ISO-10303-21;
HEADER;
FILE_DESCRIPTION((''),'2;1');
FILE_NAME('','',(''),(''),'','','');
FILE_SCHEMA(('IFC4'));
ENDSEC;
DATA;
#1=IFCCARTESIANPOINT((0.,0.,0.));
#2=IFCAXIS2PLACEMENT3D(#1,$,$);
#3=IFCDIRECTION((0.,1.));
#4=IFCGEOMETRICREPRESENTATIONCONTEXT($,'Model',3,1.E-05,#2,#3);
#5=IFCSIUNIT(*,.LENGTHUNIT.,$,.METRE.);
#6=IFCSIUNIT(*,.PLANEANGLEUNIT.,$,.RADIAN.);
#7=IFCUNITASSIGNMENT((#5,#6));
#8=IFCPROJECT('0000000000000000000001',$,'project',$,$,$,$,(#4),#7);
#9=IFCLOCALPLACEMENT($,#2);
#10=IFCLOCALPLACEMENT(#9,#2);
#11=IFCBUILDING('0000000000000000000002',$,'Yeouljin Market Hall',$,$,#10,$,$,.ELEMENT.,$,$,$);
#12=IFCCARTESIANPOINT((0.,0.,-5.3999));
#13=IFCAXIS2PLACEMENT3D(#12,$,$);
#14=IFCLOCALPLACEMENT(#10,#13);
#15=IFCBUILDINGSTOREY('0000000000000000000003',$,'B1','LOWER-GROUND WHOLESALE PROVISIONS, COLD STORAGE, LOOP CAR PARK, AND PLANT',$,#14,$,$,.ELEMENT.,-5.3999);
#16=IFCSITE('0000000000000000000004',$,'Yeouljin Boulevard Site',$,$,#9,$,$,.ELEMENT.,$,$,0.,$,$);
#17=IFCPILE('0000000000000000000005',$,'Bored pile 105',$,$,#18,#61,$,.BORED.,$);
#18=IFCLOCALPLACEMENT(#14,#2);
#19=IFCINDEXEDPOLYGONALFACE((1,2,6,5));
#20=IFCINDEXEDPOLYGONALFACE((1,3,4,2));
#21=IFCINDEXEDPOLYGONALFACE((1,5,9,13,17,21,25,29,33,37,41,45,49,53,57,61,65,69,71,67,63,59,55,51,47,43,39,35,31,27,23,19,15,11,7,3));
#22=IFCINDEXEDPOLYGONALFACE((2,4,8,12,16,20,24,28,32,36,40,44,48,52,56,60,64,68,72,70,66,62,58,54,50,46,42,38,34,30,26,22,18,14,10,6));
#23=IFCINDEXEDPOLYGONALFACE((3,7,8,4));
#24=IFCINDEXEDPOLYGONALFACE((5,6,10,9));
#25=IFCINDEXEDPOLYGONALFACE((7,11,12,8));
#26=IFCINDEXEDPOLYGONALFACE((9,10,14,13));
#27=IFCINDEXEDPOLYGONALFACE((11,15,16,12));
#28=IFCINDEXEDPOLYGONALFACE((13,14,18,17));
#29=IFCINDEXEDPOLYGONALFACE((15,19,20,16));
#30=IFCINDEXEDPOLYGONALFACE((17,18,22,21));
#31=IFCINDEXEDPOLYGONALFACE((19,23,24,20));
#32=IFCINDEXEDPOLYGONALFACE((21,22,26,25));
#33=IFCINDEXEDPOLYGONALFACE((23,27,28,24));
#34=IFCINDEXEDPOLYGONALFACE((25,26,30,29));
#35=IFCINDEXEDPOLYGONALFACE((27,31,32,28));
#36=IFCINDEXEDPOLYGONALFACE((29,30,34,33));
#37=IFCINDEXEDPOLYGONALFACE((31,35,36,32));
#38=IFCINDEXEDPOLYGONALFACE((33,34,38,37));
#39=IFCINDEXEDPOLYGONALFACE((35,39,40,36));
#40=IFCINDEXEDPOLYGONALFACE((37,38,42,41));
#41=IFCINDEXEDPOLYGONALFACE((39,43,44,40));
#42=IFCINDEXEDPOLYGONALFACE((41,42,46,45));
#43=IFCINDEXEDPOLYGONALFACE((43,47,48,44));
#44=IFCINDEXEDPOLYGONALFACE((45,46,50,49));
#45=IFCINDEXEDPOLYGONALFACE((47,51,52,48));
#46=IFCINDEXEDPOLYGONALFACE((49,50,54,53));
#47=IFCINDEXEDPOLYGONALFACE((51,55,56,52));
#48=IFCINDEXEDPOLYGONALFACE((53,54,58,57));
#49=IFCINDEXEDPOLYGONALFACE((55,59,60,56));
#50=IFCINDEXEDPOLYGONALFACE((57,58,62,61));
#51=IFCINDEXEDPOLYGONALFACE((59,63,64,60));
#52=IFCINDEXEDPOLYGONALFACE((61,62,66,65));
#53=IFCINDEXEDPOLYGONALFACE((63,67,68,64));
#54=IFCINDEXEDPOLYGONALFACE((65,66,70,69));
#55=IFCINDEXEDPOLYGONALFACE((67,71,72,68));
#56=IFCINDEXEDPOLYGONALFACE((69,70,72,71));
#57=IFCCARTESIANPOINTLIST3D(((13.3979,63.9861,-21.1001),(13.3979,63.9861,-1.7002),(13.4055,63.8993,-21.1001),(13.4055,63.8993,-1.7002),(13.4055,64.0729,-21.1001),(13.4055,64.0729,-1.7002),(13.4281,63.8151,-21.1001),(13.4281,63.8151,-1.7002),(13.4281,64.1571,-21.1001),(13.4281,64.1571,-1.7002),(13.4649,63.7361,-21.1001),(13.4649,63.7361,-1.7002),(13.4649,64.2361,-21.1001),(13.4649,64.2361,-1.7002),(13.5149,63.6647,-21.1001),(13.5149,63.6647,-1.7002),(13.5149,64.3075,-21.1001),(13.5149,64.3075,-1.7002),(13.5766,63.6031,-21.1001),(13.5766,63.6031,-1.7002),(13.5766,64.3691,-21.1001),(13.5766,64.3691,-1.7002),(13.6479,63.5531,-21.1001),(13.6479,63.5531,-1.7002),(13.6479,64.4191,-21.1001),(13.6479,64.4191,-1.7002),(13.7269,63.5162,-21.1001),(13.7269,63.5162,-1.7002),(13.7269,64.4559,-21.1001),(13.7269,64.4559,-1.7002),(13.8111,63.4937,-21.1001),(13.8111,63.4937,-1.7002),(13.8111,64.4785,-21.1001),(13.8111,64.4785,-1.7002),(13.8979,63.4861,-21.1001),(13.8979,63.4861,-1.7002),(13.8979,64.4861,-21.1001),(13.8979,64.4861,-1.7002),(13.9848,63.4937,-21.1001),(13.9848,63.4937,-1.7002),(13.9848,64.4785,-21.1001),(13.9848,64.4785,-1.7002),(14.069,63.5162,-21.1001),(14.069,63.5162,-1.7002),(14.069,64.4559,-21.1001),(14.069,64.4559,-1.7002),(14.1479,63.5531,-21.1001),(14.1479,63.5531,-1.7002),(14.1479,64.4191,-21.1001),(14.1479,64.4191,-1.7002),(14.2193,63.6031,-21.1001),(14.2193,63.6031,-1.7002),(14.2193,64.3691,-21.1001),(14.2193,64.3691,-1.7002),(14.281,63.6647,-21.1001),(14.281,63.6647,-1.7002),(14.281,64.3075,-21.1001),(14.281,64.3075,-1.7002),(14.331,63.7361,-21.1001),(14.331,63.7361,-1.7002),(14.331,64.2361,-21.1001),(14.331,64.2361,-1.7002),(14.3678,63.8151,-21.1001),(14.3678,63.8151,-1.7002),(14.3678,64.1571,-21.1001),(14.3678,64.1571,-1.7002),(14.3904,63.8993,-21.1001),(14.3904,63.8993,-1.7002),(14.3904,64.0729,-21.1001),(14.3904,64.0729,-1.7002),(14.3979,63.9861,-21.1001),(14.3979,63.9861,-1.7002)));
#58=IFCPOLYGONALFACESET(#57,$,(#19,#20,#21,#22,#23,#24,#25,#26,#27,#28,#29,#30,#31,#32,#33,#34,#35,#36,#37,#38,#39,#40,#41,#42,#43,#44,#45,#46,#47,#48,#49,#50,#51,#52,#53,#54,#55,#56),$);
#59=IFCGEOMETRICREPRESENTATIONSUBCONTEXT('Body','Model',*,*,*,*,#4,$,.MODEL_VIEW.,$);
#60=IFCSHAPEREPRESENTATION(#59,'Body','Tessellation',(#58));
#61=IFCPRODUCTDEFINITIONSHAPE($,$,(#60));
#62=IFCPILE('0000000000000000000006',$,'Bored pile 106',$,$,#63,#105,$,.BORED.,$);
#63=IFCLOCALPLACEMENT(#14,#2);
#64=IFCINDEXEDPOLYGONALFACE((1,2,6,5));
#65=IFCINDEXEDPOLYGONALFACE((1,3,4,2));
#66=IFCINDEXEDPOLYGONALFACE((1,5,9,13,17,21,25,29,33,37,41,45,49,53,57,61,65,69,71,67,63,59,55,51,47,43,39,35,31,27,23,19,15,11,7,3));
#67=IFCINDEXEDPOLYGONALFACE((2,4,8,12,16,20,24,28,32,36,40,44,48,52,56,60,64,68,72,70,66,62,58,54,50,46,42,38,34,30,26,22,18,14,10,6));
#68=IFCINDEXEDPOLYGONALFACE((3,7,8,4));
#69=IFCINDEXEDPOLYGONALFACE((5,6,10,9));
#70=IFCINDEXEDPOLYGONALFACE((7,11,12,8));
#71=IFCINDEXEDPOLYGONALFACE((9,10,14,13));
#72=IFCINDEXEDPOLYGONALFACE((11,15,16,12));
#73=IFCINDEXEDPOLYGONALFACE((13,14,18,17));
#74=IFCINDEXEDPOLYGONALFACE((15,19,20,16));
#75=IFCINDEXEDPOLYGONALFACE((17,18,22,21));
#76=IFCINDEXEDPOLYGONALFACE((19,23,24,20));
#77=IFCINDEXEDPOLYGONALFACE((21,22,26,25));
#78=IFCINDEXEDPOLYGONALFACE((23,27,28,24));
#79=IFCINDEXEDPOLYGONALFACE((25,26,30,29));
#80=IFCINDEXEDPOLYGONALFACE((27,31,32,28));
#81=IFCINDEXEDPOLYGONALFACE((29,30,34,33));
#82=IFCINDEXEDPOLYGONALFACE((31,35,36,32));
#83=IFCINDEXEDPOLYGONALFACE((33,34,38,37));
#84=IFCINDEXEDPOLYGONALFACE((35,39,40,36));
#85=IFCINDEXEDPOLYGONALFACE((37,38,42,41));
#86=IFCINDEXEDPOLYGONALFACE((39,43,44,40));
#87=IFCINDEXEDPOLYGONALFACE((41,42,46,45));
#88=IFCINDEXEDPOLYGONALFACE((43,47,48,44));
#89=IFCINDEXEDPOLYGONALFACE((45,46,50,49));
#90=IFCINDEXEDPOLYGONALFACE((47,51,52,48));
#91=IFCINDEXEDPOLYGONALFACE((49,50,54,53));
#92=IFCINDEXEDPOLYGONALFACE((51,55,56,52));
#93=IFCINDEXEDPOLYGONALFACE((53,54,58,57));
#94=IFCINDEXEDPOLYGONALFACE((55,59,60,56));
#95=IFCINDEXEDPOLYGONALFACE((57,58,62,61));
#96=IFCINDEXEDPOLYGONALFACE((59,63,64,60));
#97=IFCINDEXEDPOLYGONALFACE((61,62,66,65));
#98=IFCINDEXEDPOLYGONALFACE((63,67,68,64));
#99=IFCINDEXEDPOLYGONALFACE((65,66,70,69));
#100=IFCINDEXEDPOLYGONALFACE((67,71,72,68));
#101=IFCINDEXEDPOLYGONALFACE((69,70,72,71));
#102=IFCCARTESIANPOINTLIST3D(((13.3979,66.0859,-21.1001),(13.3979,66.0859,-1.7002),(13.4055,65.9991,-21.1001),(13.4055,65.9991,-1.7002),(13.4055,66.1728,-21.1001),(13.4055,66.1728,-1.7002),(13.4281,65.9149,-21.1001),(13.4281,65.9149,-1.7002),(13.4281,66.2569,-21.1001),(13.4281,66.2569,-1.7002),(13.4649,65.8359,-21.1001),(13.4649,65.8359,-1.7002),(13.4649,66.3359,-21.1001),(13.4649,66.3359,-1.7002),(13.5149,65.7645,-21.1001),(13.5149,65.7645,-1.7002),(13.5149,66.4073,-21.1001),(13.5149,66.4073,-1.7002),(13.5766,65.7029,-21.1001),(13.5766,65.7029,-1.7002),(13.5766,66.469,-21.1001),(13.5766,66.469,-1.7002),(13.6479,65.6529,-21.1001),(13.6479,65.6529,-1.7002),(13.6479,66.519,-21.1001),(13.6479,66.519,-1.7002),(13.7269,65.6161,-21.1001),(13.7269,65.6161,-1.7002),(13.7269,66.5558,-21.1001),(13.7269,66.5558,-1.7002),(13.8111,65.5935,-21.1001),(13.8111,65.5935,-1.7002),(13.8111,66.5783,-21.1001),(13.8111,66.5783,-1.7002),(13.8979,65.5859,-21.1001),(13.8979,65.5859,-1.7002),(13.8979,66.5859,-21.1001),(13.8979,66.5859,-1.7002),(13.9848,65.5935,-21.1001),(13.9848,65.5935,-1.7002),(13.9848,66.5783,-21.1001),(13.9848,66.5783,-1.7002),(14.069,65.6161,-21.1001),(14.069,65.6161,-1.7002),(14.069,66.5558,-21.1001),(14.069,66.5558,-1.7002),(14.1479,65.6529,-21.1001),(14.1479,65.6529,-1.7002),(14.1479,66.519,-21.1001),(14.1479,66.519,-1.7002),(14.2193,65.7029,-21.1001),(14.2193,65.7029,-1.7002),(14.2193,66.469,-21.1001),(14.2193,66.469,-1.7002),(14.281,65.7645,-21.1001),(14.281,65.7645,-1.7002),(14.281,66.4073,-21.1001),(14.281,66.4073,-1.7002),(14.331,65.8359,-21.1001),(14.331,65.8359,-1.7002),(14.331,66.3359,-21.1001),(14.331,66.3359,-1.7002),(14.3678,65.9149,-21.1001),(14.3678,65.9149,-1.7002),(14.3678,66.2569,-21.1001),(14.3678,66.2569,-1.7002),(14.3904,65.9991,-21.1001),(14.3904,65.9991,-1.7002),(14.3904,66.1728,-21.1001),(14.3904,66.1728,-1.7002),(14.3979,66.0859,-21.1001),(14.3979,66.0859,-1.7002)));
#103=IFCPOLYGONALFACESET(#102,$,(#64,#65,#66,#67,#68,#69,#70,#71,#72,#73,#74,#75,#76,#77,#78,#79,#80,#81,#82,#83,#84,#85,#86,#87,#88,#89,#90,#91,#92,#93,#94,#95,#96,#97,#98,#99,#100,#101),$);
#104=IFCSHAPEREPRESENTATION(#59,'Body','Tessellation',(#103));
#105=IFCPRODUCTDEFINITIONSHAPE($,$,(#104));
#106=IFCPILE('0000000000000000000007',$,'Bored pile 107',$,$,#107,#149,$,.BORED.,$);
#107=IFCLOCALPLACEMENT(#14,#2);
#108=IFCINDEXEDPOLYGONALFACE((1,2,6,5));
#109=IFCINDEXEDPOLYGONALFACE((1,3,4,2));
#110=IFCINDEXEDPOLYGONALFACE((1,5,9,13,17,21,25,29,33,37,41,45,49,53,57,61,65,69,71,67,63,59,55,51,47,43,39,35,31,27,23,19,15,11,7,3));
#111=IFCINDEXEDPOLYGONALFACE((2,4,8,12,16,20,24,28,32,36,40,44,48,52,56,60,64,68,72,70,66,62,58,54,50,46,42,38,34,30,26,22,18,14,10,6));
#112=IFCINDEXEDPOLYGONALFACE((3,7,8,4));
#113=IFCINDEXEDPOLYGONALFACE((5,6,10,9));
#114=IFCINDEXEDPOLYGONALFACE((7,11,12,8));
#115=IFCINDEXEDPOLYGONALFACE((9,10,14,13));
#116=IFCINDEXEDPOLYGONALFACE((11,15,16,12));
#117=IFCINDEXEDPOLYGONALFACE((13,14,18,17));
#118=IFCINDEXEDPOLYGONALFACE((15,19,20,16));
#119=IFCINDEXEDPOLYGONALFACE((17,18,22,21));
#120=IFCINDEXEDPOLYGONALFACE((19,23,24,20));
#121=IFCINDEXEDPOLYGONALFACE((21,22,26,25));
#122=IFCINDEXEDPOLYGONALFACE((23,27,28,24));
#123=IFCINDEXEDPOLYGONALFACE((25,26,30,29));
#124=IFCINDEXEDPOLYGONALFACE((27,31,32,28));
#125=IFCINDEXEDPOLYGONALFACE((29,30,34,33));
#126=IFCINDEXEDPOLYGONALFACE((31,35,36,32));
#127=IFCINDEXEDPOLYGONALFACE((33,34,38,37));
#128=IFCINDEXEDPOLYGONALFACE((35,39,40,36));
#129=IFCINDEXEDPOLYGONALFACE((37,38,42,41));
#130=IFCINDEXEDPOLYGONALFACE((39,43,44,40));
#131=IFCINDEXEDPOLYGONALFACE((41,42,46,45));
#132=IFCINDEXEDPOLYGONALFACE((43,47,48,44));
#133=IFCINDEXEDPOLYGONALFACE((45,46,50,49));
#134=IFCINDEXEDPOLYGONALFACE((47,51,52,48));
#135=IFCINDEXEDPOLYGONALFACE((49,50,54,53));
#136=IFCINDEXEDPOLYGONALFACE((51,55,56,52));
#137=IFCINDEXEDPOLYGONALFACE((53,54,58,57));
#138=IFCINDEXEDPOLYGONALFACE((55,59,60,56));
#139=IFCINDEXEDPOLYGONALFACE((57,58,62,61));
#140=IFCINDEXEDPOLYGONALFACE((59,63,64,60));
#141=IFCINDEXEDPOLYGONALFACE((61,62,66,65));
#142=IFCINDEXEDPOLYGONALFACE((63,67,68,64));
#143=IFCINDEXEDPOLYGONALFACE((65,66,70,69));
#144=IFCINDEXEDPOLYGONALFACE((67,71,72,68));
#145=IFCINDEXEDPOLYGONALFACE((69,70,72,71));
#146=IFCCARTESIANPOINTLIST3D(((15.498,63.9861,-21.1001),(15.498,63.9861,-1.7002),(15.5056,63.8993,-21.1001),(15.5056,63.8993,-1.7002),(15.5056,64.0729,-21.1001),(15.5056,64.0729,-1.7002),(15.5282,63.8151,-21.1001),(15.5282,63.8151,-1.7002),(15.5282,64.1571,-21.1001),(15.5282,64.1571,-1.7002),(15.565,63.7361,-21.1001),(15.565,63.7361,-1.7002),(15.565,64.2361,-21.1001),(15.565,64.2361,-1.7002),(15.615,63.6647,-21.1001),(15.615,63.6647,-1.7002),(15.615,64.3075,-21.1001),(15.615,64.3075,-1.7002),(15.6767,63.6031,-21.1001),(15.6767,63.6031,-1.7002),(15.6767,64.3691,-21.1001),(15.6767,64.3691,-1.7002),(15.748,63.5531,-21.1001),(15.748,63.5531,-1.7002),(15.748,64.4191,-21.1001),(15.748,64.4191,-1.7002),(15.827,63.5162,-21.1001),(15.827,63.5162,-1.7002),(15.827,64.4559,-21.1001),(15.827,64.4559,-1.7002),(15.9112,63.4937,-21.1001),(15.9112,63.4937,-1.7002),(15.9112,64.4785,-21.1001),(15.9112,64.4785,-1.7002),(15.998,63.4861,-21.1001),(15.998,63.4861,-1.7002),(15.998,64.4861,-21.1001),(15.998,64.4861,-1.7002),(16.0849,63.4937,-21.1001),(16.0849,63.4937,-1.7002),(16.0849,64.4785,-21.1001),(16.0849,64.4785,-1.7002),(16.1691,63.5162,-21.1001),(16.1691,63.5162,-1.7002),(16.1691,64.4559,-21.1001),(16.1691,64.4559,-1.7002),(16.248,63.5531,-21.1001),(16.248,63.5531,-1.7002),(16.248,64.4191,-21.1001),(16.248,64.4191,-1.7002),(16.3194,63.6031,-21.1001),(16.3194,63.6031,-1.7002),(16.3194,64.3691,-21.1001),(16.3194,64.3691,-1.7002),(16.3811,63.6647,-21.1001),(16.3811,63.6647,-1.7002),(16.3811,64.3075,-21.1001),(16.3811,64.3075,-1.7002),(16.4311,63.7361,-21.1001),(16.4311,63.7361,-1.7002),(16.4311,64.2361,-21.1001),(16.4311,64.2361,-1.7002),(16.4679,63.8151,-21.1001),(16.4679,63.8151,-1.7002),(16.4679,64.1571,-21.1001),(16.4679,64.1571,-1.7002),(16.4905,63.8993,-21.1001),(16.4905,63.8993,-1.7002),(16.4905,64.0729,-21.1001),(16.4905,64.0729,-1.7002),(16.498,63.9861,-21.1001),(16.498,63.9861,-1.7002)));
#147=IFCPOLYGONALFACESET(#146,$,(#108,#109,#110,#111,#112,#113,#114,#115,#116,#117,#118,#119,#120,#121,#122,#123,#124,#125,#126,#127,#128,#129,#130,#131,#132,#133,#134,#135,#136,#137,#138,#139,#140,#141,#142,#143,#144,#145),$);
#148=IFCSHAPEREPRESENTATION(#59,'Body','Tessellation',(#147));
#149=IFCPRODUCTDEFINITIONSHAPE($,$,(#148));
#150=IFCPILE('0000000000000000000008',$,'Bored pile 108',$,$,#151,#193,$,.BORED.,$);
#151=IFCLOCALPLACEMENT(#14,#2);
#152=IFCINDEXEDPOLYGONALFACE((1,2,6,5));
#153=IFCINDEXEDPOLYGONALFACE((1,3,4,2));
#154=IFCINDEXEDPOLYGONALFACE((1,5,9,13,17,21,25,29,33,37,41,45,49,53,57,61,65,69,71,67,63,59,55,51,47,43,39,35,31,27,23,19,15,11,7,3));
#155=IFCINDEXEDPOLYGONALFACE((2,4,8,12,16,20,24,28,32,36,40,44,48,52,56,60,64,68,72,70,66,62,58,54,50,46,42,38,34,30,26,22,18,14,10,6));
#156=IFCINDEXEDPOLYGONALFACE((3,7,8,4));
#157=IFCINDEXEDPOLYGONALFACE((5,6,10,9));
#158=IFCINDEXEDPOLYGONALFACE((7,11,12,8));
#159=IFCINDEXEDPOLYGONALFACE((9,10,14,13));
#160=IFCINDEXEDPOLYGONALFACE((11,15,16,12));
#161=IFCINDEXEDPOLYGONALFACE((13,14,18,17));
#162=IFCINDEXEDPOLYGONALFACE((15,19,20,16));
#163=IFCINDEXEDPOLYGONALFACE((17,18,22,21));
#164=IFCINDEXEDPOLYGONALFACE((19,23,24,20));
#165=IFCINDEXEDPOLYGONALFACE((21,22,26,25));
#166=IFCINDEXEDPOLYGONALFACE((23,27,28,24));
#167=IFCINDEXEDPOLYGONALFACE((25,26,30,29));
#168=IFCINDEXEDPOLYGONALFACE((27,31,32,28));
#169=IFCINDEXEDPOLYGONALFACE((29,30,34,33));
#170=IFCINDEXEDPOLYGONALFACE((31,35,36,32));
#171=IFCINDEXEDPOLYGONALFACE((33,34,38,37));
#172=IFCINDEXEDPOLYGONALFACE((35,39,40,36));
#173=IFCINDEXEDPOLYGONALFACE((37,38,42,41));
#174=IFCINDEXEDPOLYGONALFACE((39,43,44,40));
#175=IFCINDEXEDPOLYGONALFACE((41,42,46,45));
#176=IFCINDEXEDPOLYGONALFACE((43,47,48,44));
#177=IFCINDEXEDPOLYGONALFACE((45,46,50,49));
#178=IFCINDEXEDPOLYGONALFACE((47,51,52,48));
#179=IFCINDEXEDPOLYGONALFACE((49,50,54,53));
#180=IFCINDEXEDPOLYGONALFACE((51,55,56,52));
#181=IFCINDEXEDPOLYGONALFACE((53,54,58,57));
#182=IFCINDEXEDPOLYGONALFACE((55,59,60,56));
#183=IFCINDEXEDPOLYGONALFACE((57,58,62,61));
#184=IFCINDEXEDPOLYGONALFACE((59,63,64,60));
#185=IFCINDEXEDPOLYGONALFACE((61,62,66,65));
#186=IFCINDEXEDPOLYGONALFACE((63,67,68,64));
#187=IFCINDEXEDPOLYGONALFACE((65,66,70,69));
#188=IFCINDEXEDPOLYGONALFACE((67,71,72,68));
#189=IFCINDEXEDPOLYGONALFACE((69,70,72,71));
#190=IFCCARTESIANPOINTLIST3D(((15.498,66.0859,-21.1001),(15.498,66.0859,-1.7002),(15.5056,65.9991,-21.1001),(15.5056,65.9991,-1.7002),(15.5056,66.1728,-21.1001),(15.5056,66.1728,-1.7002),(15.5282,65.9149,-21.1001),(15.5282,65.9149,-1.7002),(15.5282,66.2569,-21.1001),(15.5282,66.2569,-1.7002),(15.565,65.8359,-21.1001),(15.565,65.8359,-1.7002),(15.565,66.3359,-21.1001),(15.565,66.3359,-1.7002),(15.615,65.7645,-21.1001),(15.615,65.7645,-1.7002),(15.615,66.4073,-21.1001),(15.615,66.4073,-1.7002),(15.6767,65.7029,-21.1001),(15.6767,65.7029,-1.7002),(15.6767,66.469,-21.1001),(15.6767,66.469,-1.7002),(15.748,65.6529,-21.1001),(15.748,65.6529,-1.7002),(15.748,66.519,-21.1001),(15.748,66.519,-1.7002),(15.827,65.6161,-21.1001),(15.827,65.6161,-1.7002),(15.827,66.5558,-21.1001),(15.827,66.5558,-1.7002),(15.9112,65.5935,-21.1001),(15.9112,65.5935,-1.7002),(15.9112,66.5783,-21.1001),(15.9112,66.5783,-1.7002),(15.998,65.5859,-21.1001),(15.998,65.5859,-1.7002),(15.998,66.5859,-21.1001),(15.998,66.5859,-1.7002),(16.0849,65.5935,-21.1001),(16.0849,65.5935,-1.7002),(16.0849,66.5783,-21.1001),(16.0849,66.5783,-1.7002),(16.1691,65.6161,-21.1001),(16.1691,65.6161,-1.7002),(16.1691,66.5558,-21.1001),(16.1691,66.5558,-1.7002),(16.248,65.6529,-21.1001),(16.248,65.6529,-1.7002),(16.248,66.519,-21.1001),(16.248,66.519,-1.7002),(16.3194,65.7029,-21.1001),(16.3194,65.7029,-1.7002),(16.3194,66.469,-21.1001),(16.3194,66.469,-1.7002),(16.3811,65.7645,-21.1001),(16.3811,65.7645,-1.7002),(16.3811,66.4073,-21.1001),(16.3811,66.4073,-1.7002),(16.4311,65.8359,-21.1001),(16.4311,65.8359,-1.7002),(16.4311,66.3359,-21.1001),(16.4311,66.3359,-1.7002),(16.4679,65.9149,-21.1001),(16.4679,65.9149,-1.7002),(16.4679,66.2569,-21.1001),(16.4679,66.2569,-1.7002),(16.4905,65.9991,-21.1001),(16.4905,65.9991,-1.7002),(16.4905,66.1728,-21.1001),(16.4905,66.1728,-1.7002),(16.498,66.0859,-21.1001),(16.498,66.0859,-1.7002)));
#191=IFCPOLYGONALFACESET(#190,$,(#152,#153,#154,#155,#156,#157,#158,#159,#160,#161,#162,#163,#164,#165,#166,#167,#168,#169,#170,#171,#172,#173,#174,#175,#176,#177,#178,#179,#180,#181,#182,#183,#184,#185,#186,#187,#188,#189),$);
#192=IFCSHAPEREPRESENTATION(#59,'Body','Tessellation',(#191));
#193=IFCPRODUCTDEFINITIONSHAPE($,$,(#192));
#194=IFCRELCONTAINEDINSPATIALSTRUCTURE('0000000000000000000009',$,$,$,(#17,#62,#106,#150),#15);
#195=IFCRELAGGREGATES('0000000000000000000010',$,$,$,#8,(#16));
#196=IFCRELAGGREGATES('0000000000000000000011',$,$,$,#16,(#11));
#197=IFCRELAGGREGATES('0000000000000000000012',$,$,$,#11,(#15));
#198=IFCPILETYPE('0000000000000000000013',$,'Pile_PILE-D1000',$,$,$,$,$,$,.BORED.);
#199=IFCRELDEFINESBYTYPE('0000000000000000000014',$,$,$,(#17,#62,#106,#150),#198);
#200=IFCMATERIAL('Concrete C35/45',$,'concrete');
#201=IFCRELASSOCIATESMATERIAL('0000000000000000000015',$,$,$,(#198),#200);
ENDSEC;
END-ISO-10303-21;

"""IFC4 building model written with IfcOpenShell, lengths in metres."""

from ifc_helpers import new_model, si_unit, direction, frame, origin, origin_2d, place, context, subcontext, project, spatial, circle, extrude, material, material_profile, profile_set, type_object, element, save


model = new_model("IFC4")

# Units and contexts
model_context = context("Model", 3, precision=1e-05, world=origin(), true_north=direction((0.0, 1.0)))
body_context = subcontext(model_context, "Body", "Model", "MODEL_VIEW")
ifc_project = project(units=[si_unit("LENGTHUNIT", "METRE"), si_unit("PLANEANGLEUNIT", "RADIAN")], contexts=[model_context])

# Site, building, storey
site_placement = place(None, origin())
site = spatial("IfcSite", under=ifc_project, at=site_placement, Name="Yeouljin Boulevard Site", CompositionType="ELEMENT", RefElevation=0.0)
building_placement = place(site_placement, origin())
building = spatial("IfcBuilding", under=site, at=building_placement, Name="Yeouljin Market Hall", CompositionType="ELEMENT")
storey_placement = place(building_placement, frame((0.0, 0.0, -5.3999)))
storey = spatial("IfcBuildingStorey", under=building, at=storey_placement, Name="B1", Description="LOWER-GROUND WHOLESALE PROVISIONS, COLD STORAGE, LOOP CAR PARK, AND PLANT", CompositionType="ELEMENT", Elevation=-5.3999)

# Piles
ifc_material_1 = material(Name="Concrete C35/45", Category="concrete")
ifc_material_profile_1 = material_profile(ifc_material_1, circle(Radius=0.5, at=origin_2d()), Name="PILE-D1000")
ifc_profile_set_1 = profile_set([ifc_material_profile_1], Name="Concrete C35/45")
pile_type = type_object("IfcPileType", Name="Pile_PILE-D1000", PredefinedType="BORED", material=ifc_profile_set_1)
for number, where, z_axis, x_axis, name in (
    (1, (13.8979, 63.9861, -1.7002), (0.0, 0.0, -1.0), (1.0, 0.0, 0.0), "Bored pile 105"),
    (2, (13.8979, 66.0859, -1.7002), (0.0, 0.0, -1.0), (1.0, 0.0, 0.0), "Bored pile 106"),
    (3, (15.998, 63.9861, -1.7002), (0.0, 0.0, -1.0), (1.0, 0.0, 0.0), "Bored pile 107"),
    (4, (15.998, 66.0859, -1.7002), (0.0, 0.0, -1.0), (1.0, 0.0, 0.0), "Bored pile 108"),
):
    element("IfcPile", number, at=place(storey_placement, frame(where, z_axis=z_axis, x_axis=x_axis)), inside=storey, type_object=pile_type, Name=name, PredefinedType="BORED", context=body_context, shape_type="SweptSolid", body=[
        extrude(circle(Radius=0.5, at=origin_2d()), origin(), (0.0, 0.0, 1.0), 19.3999),
    ])

save(model, "model.ifc")
